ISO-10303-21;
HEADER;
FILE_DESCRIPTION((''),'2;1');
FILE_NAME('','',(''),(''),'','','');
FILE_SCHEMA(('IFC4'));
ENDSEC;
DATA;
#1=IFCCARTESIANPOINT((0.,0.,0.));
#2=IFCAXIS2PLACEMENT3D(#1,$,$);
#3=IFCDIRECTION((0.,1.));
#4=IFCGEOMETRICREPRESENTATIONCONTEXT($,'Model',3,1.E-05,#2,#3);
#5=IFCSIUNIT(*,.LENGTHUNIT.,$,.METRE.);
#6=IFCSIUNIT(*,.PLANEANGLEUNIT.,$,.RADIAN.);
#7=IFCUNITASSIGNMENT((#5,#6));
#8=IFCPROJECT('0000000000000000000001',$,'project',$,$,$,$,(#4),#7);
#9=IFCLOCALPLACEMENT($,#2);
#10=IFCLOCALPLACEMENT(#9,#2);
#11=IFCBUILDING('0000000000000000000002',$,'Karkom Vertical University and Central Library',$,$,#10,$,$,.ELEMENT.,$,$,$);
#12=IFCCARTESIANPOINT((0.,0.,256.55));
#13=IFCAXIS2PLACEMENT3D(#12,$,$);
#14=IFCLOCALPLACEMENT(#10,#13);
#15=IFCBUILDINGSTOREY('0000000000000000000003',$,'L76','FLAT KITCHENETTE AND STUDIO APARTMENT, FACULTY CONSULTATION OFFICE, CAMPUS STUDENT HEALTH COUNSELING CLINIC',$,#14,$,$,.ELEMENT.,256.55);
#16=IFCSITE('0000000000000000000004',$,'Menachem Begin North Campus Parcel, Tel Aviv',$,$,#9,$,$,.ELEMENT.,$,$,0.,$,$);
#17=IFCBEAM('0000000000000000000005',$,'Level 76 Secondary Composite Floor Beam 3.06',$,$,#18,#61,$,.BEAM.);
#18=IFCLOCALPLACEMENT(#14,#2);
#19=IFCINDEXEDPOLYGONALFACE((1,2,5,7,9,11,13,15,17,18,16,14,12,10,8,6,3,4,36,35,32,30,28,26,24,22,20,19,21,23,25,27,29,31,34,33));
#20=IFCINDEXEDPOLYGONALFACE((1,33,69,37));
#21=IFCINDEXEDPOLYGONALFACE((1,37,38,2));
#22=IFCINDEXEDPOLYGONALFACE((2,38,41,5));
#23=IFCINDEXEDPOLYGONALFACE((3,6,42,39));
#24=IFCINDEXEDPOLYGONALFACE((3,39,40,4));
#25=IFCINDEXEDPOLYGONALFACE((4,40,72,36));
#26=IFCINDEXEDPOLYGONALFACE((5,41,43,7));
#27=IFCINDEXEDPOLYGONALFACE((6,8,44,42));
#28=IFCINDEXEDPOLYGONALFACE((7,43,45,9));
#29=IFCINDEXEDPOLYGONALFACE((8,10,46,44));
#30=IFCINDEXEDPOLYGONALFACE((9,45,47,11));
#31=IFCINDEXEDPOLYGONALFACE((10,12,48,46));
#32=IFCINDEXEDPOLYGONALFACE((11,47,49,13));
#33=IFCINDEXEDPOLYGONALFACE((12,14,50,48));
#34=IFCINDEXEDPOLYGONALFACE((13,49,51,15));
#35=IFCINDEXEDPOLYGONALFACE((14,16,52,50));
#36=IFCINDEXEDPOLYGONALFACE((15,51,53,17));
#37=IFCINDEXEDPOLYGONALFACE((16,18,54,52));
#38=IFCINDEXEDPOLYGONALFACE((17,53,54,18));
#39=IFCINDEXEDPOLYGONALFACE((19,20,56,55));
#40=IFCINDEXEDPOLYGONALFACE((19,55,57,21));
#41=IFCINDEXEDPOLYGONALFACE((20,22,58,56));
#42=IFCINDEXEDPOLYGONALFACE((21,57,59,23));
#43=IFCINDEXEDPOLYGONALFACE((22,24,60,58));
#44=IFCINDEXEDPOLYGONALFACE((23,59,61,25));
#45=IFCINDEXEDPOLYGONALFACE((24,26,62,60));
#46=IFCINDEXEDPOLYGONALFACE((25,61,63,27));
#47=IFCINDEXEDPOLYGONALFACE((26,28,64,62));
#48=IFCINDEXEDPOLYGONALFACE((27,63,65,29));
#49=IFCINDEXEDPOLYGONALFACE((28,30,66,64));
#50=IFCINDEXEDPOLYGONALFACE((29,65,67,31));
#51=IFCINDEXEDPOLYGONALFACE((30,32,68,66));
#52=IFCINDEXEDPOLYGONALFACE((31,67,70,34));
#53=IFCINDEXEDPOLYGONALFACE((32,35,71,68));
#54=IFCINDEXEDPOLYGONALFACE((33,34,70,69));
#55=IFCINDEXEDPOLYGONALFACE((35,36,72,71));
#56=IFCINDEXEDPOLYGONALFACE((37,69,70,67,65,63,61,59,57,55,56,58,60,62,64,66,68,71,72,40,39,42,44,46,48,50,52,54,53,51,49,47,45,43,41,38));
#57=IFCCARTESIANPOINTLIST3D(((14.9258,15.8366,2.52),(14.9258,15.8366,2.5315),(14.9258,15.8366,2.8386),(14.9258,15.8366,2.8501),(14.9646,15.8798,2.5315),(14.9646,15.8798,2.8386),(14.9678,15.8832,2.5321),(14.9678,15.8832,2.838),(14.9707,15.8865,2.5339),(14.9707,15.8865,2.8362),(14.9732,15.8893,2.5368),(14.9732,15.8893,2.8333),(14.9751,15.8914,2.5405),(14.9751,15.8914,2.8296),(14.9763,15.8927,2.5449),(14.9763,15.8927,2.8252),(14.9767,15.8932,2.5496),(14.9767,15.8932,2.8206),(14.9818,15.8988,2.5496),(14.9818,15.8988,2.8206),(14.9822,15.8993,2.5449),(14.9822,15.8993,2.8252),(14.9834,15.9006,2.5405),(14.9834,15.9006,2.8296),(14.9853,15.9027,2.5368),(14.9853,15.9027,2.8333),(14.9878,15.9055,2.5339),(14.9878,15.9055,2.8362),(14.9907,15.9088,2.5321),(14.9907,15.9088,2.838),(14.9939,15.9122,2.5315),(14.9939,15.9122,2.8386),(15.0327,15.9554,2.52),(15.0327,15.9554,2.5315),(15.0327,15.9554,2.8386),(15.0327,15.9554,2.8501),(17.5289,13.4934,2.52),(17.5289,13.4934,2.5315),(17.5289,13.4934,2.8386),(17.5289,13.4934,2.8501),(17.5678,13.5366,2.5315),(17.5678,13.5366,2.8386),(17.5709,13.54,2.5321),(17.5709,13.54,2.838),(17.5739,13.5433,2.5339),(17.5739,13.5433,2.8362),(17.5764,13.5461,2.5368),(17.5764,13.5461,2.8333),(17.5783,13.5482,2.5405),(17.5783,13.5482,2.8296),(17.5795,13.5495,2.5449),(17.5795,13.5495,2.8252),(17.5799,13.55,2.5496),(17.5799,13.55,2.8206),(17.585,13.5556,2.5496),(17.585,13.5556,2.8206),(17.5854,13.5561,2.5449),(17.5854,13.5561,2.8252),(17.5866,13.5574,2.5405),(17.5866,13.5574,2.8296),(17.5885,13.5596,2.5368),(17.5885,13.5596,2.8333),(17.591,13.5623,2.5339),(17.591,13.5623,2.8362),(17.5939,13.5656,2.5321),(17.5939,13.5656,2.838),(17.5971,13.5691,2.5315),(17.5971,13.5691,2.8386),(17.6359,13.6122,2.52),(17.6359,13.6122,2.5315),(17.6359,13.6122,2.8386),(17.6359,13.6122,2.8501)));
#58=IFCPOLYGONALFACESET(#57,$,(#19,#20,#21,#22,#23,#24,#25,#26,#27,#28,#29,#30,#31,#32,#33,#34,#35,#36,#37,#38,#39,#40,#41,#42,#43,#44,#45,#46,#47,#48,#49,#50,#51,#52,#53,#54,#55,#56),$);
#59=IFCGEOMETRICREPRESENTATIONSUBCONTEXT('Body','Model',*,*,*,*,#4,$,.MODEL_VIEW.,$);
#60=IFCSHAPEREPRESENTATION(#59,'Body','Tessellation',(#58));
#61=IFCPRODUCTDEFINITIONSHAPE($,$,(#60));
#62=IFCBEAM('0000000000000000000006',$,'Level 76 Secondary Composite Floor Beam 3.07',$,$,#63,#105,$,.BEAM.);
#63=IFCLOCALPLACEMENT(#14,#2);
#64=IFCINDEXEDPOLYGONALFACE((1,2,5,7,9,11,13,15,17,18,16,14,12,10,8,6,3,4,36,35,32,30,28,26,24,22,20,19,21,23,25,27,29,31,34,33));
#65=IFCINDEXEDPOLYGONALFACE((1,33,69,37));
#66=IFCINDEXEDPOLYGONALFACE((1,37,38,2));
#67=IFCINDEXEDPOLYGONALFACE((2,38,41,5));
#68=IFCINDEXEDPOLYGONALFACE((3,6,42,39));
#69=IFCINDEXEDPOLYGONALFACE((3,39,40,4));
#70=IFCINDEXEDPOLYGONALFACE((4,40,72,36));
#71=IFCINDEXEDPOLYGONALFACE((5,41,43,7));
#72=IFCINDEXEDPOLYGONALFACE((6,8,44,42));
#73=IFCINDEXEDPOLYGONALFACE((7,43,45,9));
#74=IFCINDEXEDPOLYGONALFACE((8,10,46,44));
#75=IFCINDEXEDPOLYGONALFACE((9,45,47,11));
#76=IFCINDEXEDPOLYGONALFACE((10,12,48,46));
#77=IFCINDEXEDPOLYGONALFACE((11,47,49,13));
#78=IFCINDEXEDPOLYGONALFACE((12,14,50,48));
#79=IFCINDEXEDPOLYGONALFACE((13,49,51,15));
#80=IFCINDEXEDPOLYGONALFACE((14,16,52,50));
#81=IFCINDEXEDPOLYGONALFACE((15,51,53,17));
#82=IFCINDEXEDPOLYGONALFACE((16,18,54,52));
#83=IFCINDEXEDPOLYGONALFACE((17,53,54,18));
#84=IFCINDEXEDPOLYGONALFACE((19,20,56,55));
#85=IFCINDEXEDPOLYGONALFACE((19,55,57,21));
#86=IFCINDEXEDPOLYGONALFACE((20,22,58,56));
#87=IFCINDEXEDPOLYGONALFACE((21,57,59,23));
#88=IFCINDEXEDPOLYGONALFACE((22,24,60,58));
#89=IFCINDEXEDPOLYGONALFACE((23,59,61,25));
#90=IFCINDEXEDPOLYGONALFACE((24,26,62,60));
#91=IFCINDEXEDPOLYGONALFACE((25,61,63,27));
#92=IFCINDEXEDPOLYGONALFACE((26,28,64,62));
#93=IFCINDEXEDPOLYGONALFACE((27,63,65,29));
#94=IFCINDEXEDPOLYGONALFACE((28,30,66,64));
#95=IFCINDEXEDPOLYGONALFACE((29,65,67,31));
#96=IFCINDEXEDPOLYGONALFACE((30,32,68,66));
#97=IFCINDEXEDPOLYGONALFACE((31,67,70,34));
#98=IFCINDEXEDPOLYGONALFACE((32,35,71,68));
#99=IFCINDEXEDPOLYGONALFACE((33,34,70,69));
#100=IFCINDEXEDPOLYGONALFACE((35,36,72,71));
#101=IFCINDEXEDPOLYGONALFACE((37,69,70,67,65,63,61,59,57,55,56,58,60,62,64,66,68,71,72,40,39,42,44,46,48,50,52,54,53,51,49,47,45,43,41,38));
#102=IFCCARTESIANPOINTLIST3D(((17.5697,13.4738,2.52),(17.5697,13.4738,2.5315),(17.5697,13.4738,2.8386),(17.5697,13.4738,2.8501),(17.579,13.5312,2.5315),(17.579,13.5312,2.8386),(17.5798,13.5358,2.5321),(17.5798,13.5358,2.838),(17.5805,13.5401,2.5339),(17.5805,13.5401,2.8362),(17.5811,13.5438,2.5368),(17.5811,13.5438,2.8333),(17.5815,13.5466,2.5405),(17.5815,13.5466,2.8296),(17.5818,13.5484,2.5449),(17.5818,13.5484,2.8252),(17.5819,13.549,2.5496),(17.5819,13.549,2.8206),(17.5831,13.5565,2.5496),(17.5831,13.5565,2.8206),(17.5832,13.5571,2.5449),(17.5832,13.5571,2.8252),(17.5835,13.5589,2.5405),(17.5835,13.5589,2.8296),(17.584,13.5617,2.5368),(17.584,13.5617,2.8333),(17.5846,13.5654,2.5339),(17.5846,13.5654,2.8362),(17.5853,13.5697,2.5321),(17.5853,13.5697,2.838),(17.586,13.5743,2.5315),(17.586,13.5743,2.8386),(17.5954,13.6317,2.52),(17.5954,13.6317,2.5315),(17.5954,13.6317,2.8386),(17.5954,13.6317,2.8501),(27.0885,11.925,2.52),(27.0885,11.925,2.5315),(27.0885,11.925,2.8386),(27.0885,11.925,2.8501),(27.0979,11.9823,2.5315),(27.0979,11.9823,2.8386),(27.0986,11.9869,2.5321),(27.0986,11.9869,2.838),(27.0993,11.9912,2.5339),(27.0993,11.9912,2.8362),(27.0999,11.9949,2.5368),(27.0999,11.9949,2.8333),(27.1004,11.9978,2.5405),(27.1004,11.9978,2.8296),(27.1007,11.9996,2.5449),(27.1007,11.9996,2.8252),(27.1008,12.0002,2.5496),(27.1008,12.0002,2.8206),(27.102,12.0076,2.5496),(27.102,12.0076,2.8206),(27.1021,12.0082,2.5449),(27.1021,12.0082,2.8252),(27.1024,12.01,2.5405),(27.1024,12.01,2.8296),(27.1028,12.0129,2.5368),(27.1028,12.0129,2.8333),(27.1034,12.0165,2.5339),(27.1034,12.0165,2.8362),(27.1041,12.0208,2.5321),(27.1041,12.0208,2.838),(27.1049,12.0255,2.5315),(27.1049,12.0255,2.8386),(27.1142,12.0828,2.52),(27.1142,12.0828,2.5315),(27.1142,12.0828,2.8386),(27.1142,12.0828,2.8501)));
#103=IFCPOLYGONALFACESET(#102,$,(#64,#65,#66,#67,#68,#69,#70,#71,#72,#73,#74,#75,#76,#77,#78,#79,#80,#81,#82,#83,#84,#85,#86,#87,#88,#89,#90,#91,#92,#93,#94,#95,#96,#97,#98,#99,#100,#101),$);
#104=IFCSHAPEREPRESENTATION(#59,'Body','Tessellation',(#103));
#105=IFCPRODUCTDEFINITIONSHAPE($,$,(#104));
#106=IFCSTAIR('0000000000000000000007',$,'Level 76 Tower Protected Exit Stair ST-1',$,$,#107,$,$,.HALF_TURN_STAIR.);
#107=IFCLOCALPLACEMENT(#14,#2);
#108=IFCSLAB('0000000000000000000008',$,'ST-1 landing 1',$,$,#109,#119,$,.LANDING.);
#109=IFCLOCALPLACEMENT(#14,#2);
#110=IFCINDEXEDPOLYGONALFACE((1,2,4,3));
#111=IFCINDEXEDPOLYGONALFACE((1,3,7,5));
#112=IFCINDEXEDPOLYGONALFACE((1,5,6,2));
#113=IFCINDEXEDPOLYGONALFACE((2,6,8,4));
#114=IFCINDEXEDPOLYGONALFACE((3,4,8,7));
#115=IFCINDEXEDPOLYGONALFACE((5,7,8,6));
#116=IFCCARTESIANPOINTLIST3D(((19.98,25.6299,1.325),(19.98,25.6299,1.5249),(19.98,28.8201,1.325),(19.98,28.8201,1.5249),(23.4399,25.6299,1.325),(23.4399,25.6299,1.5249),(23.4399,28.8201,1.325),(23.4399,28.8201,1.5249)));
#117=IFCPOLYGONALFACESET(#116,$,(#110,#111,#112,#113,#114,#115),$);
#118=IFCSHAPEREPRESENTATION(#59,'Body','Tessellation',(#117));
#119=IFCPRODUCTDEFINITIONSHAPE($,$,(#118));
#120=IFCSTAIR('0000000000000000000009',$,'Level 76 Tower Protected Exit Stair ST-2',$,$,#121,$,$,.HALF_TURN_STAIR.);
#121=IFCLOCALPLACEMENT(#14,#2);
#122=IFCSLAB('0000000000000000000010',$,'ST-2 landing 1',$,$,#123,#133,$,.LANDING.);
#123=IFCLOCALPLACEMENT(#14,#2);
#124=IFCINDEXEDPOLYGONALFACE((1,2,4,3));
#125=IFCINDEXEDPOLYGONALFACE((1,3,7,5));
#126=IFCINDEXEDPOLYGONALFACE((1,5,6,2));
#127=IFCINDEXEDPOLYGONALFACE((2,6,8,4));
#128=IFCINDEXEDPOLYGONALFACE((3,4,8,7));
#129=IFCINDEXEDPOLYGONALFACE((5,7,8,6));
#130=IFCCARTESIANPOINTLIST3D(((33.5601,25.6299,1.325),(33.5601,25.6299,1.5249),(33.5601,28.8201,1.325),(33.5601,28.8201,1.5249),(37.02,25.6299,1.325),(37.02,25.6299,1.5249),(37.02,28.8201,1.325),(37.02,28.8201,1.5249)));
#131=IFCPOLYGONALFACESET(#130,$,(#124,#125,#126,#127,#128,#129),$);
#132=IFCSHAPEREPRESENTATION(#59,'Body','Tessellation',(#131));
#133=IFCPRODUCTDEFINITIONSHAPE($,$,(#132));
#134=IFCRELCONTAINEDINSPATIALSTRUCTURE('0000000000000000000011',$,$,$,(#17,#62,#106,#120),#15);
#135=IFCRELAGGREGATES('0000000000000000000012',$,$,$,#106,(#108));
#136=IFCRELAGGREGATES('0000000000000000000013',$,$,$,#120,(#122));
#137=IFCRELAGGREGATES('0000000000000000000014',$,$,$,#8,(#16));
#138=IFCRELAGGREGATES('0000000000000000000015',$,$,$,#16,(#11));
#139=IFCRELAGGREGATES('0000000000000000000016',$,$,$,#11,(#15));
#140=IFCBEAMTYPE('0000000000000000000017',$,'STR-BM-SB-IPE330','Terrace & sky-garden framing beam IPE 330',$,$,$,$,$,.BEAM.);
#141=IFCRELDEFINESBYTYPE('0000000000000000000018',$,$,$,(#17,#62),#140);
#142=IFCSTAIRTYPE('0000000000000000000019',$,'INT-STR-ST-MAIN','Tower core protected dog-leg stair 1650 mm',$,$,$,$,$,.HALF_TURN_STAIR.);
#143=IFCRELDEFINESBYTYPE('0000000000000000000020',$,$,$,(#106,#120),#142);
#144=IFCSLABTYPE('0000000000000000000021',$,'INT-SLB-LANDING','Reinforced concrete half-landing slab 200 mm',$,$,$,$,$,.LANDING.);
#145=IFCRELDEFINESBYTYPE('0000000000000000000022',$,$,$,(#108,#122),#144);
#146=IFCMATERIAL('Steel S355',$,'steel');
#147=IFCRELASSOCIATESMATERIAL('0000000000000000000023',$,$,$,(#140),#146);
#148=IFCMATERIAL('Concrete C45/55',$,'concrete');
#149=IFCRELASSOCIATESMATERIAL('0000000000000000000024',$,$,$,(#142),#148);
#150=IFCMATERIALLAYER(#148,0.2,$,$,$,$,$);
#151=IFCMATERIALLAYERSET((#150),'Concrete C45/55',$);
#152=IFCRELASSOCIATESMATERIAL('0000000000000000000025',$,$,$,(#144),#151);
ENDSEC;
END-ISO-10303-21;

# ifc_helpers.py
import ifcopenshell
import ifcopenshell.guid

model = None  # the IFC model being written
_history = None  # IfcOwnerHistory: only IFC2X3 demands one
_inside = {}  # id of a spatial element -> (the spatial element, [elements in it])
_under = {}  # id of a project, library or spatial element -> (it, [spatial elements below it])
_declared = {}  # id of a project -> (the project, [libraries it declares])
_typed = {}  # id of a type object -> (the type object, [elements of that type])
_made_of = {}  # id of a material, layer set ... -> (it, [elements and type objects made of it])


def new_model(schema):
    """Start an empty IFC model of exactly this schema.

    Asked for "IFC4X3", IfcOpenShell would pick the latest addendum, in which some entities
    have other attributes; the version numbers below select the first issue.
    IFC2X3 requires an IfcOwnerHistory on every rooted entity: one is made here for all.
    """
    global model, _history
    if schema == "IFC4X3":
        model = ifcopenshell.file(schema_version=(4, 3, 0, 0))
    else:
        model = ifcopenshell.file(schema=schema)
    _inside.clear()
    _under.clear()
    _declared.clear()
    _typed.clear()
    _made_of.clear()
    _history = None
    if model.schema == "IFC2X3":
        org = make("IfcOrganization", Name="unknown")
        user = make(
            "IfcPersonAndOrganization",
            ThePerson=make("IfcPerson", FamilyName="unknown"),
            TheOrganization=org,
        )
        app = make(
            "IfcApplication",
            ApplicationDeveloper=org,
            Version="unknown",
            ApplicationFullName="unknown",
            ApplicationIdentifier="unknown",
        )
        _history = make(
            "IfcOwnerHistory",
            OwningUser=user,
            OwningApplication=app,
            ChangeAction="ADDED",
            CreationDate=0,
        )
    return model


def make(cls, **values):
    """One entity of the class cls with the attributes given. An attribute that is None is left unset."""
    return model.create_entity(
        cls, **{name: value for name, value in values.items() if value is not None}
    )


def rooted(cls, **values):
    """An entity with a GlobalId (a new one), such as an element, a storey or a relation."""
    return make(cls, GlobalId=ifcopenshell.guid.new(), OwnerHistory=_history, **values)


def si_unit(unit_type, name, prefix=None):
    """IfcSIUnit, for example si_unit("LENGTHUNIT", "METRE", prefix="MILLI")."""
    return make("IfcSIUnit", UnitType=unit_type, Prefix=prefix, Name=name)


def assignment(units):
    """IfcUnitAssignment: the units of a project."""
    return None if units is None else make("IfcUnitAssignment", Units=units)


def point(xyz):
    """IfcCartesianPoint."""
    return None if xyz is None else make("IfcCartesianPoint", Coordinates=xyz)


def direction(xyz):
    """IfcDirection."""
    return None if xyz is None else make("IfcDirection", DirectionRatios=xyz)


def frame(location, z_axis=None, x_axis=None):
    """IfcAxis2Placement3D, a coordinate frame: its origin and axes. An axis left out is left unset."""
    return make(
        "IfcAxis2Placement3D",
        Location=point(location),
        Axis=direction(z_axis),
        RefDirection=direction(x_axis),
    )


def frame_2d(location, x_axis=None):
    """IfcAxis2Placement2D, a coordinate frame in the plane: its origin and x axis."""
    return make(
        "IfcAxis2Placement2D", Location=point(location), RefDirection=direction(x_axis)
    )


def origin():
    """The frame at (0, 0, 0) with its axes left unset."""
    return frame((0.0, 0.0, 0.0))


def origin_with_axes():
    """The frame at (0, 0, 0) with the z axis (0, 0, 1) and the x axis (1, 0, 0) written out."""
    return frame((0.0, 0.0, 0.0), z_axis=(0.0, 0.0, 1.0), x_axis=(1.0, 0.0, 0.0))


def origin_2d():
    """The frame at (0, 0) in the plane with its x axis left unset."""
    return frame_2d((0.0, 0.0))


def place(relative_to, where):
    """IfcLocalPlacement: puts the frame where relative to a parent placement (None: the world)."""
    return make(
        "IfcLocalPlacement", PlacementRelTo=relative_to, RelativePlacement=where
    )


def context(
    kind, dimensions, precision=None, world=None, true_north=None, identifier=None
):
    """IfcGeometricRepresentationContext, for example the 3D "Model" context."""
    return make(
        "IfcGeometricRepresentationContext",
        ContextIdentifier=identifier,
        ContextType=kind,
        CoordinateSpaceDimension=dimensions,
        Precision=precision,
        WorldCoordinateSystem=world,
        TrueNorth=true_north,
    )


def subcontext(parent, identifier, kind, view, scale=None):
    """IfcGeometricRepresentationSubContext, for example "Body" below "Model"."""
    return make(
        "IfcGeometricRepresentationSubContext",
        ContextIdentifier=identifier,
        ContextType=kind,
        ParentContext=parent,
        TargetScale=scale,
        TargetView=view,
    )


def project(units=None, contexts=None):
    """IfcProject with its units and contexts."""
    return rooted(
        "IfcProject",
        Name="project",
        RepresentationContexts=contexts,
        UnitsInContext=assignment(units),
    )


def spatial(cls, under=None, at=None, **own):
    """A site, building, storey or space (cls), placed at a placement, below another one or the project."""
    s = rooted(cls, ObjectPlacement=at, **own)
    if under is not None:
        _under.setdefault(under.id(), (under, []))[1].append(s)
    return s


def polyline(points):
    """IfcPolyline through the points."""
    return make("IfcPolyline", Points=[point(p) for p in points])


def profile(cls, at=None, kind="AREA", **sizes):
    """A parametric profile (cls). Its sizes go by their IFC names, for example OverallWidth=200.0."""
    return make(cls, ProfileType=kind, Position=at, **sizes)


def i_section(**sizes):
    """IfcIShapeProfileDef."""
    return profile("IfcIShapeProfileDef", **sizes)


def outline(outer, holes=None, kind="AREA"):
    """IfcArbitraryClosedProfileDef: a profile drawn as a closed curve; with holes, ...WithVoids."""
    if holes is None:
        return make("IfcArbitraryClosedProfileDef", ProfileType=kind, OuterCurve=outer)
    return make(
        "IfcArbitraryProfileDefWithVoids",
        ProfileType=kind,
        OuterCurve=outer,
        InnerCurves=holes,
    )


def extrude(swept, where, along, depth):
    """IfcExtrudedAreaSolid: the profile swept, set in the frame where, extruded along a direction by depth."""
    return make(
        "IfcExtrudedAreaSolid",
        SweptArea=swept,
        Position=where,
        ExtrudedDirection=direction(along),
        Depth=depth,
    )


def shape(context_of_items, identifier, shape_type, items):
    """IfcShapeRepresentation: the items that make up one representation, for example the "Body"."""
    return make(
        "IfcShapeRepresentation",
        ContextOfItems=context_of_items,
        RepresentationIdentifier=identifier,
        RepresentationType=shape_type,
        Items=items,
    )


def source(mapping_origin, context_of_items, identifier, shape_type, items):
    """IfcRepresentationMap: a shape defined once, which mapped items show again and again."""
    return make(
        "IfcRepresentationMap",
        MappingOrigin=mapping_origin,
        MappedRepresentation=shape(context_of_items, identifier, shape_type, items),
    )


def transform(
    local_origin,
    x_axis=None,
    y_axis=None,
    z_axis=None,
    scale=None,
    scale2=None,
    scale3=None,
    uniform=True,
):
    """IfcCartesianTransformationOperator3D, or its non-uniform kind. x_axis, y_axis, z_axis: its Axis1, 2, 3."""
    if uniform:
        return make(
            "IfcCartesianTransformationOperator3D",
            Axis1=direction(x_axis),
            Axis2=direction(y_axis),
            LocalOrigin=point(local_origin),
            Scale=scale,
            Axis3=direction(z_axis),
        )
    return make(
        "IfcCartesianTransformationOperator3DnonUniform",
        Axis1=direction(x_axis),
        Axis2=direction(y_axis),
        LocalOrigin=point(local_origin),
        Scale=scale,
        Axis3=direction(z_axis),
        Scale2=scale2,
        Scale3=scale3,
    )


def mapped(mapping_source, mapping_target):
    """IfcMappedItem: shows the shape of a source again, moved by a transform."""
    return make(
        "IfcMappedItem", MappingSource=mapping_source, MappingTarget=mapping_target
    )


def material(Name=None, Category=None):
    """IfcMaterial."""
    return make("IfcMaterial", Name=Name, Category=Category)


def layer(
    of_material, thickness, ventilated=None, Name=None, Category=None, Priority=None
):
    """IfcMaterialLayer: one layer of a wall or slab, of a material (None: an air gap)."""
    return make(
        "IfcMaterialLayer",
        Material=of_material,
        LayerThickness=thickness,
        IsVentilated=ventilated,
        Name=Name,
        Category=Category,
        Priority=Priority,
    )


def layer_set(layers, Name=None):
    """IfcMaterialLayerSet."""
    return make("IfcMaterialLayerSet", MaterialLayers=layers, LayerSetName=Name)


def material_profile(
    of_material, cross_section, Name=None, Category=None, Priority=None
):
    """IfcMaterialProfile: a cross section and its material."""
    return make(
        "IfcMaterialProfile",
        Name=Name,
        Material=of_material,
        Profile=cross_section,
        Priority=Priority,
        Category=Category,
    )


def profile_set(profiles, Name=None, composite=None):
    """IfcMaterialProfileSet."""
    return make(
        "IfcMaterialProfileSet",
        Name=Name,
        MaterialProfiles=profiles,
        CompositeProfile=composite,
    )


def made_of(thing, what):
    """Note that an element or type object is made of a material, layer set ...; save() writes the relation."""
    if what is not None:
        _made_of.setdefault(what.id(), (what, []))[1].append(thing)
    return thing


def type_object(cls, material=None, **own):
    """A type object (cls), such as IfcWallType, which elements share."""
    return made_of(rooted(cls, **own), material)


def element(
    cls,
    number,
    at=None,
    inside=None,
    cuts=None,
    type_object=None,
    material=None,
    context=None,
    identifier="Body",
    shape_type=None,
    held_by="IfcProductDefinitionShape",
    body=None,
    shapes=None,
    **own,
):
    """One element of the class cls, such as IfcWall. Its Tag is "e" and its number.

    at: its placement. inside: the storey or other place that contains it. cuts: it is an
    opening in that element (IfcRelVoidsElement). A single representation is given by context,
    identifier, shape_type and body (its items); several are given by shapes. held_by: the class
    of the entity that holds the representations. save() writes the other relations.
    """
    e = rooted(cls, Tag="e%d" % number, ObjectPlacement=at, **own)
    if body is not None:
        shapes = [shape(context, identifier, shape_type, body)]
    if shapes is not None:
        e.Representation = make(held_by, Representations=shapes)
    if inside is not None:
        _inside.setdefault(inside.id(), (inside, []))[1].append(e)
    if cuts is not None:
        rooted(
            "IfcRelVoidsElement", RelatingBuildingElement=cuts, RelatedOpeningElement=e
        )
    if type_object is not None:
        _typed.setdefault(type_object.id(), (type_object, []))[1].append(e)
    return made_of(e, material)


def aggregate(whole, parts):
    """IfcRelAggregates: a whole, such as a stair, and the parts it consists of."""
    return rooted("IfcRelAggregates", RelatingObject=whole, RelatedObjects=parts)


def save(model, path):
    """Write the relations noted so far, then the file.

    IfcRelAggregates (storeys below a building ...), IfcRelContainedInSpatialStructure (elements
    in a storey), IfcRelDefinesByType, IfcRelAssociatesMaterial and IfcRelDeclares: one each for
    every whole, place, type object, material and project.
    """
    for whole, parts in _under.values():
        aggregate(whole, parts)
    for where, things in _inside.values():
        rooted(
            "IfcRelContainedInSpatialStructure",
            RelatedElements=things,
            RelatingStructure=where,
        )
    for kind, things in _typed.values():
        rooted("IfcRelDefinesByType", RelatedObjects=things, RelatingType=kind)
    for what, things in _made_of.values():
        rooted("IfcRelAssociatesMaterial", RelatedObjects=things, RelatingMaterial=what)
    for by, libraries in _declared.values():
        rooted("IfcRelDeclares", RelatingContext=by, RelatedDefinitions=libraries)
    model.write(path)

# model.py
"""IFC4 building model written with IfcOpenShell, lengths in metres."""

from ifc_helpers import new_model, si_unit, direction, frame, origin, origin_with_axes, origin_2d, place, context, subcontext, project, spatial, polyline, i_section, outline, extrude, source, transform, mapped, material, layer, layer_set, material_profile, profile_set, type_object, element, aggregate, save


model = new_model("IFC4")

# Units and contexts
model_context = context("Model", 3, precision=1e-05, world=origin(), true_north=direction((0.0, 1.0)))
body_context = subcontext(model_context, "Body", "Model", "MODEL_VIEW")
ifc_project = project(units=[si_unit("LENGTHUNIT", "METRE"), si_unit("PLANEANGLEUNIT", "RADIAN")], contexts=[model_context])

# Site, building, storey
site_placement = place(None, origin())
site = spatial("IfcSite", under=ifc_project, at=site_placement, Name="Menachem Begin North Campus Parcel, Tel Aviv", CompositionType="ELEMENT", RefElevation=0.0)
building_placement = place(site_placement, origin())
building = spatial("IfcBuilding", under=site, at=building_placement, Name="Karkom Vertical University and Central Library", CompositionType="ELEMENT")
storey_placement = place(building_placement, frame((0.0, 0.0, 256.55)))
storey = spatial("IfcBuildingStorey", under=building, at=storey_placement, Name="L76", Description="FLAT KITCHENETTE AND STUDIO APARTMENT, FACULTY CONSULTATION OFFICE, CAMPUS STUDENT HEALTH COUNSELING CLINIC", CompositionType="ELEMENT", Elevation=256.55)

# Shared definitions
ifc_material_1 = material(Name="Concrete C45/55", Category="concrete")

# Beams
ifc_material_2 = material(Name="Steel S355", Category="steel")
ifc_material_profile_1 = material_profile(ifc_material_2, i_section(OverallWidth=0.1599, OverallDepth=0.3301, WebThickness=0.0076, FlangeThickness=0.0115, FilletRadius=0.0181, at=origin_2d()), Name="IPE 330")
ifc_profile_set_1 = profile_set([ifc_material_profile_1], Name="Steel S355")
beam_type_1 = type_object("IfcBeamType", Name="STR-BM-SB-IPE330", Description="Terrace & sky-garden framing beam IPE 330", PredefinedType="BEAM", material=ifc_profile_set_1)
shared_shape_1 = source(origin_with_axes(), body_context, "Body", "SweptSolid", [
    extrude(i_section(OverallWidth=0.1599, OverallDepth=0.3301, WebThickness=0.0076, FlangeThickness=0.0115, FilletRadius=0.0181, at=origin_2d()), origin(), (0.0, 0.0, 1.0), 3.5024),
])
beam_1_placement = place(storey_placement, frame((14.9792, 15.896, 2.6851), z_axis=(0.743249, -0.669015, 0.0), x_axis=(0.669015, 0.743249, 0.0)))
element("IfcBeam", 1, at=beam_1_placement, inside=storey, type_object=beam_type_1, Name="Level 76 Secondary Composite Floor Beam 3.06", PredefinedType="BEAM", context=body_context, shape_type="MappedRepresentation", body=[
    mapped(shared_shape_1, transform((0.0, 0.0, 0.0), scale=1.0)),
])
shared_shape_2 = source(origin_with_axes(), body_context, "Body", "SweptSolid", [
    extrude(i_section(OverallWidth=0.1599, OverallDepth=0.3301, WebThickness=0.0076, FlangeThickness=0.0115, FilletRadius=0.0181, at=origin_2d()), origin(), (0.0, 0.0, 1.0), 9.644),
])
beam_2_placement = place(storey_placement, frame((17.5825, 13.5527, 2.6851), z_axis=(0.987019, -0.1606, 0.0), x_axis=(0.1606, 0.987019, 0.0)))
element("IfcBeam", 2, at=beam_2_placement, inside=storey, type_object=beam_type_1, Name="Level 76 Secondary Composite Floor Beam 3.07", PredefinedType="BEAM", context=body_context, shape_type="MappedRepresentation", body=[
    mapped(shared_shape_2, transform((0.0, 0.0, 0.0), scale=1.0)),
])

# Stairs, slabs
stair_type = type_object("IfcStairType", Name="INT-STR-ST-MAIN", Description="Tower core protected dog-leg stair 1650 mm", PredefinedType="HALF_TURN_STAIR", material=ifc_material_1)
stair_1_placement = place(storey_placement, origin())
stair_1 = element("IfcStair", 3, at=stair_1_placement, inside=storey, type_object=stair_type, Name="Level 76 Tower Protected Exit Stair ST-1", PredefinedType="HALF_TURN_STAIR")
ifc_layer_1 = layer(ifc_material_1, 0.2)
ifc_layer_set_1 = layer_set([ifc_layer_1], Name="Concrete C45/55")
slab_type_1 = type_object("IfcSlabType", Name="INT-SLB-LANDING", Description="Reinforced concrete half-landing slab 200 mm", PredefinedType="LANDING", material=ifc_layer_set_1)
slab_1_placement = place(storey_placement, frame((0.0, 0.0, 1.325)))
slab_1 = element("IfcSlab", 4, at=slab_1_placement, type_object=slab_type_1, Name="ST-1 landing 1", PredefinedType="LANDING", context=body_context, shape_type="SweptSolid", body=[
    extrude(outline(polyline([(23.4399, 25.6299), (23.4399, 28.8201), (19.98, 28.8201), (19.98, 25.6299), (23.4399, 25.6299)])), origin(), (0.0, 0.0, 1.0), 0.2),
])
aggregate(stair_1, [slab_1])
stair_2_placement = place(storey_placement, origin())
stair_2 = element("IfcStair", 5, at=stair_2_placement, inside=storey, type_object=stair_type, Name="Level 76 Tower Protected Exit Stair ST-2", PredefinedType="HALF_TURN_STAIR")
slab_2_placement = place(storey_placement, frame((0.0, 0.0, 1.325)))
slab_2 = element("IfcSlab", 6, at=slab_2_placement, type_object=slab_type_1, Name="ST-2 landing 1", PredefinedType="LANDING", context=body_context, shape_type="SweptSolid", body=[
    extrude(outline(polyline([(37.02, 25.6299), (37.02, 28.8201), (33.5601, 28.8201), (33.5601, 25.6299), (37.02, 25.6299)])), origin(), (0.0, 0.0, 1.0), 0.2),
])
aggregate(stair_2, [slab_2])

save(model, "model.ifc")
